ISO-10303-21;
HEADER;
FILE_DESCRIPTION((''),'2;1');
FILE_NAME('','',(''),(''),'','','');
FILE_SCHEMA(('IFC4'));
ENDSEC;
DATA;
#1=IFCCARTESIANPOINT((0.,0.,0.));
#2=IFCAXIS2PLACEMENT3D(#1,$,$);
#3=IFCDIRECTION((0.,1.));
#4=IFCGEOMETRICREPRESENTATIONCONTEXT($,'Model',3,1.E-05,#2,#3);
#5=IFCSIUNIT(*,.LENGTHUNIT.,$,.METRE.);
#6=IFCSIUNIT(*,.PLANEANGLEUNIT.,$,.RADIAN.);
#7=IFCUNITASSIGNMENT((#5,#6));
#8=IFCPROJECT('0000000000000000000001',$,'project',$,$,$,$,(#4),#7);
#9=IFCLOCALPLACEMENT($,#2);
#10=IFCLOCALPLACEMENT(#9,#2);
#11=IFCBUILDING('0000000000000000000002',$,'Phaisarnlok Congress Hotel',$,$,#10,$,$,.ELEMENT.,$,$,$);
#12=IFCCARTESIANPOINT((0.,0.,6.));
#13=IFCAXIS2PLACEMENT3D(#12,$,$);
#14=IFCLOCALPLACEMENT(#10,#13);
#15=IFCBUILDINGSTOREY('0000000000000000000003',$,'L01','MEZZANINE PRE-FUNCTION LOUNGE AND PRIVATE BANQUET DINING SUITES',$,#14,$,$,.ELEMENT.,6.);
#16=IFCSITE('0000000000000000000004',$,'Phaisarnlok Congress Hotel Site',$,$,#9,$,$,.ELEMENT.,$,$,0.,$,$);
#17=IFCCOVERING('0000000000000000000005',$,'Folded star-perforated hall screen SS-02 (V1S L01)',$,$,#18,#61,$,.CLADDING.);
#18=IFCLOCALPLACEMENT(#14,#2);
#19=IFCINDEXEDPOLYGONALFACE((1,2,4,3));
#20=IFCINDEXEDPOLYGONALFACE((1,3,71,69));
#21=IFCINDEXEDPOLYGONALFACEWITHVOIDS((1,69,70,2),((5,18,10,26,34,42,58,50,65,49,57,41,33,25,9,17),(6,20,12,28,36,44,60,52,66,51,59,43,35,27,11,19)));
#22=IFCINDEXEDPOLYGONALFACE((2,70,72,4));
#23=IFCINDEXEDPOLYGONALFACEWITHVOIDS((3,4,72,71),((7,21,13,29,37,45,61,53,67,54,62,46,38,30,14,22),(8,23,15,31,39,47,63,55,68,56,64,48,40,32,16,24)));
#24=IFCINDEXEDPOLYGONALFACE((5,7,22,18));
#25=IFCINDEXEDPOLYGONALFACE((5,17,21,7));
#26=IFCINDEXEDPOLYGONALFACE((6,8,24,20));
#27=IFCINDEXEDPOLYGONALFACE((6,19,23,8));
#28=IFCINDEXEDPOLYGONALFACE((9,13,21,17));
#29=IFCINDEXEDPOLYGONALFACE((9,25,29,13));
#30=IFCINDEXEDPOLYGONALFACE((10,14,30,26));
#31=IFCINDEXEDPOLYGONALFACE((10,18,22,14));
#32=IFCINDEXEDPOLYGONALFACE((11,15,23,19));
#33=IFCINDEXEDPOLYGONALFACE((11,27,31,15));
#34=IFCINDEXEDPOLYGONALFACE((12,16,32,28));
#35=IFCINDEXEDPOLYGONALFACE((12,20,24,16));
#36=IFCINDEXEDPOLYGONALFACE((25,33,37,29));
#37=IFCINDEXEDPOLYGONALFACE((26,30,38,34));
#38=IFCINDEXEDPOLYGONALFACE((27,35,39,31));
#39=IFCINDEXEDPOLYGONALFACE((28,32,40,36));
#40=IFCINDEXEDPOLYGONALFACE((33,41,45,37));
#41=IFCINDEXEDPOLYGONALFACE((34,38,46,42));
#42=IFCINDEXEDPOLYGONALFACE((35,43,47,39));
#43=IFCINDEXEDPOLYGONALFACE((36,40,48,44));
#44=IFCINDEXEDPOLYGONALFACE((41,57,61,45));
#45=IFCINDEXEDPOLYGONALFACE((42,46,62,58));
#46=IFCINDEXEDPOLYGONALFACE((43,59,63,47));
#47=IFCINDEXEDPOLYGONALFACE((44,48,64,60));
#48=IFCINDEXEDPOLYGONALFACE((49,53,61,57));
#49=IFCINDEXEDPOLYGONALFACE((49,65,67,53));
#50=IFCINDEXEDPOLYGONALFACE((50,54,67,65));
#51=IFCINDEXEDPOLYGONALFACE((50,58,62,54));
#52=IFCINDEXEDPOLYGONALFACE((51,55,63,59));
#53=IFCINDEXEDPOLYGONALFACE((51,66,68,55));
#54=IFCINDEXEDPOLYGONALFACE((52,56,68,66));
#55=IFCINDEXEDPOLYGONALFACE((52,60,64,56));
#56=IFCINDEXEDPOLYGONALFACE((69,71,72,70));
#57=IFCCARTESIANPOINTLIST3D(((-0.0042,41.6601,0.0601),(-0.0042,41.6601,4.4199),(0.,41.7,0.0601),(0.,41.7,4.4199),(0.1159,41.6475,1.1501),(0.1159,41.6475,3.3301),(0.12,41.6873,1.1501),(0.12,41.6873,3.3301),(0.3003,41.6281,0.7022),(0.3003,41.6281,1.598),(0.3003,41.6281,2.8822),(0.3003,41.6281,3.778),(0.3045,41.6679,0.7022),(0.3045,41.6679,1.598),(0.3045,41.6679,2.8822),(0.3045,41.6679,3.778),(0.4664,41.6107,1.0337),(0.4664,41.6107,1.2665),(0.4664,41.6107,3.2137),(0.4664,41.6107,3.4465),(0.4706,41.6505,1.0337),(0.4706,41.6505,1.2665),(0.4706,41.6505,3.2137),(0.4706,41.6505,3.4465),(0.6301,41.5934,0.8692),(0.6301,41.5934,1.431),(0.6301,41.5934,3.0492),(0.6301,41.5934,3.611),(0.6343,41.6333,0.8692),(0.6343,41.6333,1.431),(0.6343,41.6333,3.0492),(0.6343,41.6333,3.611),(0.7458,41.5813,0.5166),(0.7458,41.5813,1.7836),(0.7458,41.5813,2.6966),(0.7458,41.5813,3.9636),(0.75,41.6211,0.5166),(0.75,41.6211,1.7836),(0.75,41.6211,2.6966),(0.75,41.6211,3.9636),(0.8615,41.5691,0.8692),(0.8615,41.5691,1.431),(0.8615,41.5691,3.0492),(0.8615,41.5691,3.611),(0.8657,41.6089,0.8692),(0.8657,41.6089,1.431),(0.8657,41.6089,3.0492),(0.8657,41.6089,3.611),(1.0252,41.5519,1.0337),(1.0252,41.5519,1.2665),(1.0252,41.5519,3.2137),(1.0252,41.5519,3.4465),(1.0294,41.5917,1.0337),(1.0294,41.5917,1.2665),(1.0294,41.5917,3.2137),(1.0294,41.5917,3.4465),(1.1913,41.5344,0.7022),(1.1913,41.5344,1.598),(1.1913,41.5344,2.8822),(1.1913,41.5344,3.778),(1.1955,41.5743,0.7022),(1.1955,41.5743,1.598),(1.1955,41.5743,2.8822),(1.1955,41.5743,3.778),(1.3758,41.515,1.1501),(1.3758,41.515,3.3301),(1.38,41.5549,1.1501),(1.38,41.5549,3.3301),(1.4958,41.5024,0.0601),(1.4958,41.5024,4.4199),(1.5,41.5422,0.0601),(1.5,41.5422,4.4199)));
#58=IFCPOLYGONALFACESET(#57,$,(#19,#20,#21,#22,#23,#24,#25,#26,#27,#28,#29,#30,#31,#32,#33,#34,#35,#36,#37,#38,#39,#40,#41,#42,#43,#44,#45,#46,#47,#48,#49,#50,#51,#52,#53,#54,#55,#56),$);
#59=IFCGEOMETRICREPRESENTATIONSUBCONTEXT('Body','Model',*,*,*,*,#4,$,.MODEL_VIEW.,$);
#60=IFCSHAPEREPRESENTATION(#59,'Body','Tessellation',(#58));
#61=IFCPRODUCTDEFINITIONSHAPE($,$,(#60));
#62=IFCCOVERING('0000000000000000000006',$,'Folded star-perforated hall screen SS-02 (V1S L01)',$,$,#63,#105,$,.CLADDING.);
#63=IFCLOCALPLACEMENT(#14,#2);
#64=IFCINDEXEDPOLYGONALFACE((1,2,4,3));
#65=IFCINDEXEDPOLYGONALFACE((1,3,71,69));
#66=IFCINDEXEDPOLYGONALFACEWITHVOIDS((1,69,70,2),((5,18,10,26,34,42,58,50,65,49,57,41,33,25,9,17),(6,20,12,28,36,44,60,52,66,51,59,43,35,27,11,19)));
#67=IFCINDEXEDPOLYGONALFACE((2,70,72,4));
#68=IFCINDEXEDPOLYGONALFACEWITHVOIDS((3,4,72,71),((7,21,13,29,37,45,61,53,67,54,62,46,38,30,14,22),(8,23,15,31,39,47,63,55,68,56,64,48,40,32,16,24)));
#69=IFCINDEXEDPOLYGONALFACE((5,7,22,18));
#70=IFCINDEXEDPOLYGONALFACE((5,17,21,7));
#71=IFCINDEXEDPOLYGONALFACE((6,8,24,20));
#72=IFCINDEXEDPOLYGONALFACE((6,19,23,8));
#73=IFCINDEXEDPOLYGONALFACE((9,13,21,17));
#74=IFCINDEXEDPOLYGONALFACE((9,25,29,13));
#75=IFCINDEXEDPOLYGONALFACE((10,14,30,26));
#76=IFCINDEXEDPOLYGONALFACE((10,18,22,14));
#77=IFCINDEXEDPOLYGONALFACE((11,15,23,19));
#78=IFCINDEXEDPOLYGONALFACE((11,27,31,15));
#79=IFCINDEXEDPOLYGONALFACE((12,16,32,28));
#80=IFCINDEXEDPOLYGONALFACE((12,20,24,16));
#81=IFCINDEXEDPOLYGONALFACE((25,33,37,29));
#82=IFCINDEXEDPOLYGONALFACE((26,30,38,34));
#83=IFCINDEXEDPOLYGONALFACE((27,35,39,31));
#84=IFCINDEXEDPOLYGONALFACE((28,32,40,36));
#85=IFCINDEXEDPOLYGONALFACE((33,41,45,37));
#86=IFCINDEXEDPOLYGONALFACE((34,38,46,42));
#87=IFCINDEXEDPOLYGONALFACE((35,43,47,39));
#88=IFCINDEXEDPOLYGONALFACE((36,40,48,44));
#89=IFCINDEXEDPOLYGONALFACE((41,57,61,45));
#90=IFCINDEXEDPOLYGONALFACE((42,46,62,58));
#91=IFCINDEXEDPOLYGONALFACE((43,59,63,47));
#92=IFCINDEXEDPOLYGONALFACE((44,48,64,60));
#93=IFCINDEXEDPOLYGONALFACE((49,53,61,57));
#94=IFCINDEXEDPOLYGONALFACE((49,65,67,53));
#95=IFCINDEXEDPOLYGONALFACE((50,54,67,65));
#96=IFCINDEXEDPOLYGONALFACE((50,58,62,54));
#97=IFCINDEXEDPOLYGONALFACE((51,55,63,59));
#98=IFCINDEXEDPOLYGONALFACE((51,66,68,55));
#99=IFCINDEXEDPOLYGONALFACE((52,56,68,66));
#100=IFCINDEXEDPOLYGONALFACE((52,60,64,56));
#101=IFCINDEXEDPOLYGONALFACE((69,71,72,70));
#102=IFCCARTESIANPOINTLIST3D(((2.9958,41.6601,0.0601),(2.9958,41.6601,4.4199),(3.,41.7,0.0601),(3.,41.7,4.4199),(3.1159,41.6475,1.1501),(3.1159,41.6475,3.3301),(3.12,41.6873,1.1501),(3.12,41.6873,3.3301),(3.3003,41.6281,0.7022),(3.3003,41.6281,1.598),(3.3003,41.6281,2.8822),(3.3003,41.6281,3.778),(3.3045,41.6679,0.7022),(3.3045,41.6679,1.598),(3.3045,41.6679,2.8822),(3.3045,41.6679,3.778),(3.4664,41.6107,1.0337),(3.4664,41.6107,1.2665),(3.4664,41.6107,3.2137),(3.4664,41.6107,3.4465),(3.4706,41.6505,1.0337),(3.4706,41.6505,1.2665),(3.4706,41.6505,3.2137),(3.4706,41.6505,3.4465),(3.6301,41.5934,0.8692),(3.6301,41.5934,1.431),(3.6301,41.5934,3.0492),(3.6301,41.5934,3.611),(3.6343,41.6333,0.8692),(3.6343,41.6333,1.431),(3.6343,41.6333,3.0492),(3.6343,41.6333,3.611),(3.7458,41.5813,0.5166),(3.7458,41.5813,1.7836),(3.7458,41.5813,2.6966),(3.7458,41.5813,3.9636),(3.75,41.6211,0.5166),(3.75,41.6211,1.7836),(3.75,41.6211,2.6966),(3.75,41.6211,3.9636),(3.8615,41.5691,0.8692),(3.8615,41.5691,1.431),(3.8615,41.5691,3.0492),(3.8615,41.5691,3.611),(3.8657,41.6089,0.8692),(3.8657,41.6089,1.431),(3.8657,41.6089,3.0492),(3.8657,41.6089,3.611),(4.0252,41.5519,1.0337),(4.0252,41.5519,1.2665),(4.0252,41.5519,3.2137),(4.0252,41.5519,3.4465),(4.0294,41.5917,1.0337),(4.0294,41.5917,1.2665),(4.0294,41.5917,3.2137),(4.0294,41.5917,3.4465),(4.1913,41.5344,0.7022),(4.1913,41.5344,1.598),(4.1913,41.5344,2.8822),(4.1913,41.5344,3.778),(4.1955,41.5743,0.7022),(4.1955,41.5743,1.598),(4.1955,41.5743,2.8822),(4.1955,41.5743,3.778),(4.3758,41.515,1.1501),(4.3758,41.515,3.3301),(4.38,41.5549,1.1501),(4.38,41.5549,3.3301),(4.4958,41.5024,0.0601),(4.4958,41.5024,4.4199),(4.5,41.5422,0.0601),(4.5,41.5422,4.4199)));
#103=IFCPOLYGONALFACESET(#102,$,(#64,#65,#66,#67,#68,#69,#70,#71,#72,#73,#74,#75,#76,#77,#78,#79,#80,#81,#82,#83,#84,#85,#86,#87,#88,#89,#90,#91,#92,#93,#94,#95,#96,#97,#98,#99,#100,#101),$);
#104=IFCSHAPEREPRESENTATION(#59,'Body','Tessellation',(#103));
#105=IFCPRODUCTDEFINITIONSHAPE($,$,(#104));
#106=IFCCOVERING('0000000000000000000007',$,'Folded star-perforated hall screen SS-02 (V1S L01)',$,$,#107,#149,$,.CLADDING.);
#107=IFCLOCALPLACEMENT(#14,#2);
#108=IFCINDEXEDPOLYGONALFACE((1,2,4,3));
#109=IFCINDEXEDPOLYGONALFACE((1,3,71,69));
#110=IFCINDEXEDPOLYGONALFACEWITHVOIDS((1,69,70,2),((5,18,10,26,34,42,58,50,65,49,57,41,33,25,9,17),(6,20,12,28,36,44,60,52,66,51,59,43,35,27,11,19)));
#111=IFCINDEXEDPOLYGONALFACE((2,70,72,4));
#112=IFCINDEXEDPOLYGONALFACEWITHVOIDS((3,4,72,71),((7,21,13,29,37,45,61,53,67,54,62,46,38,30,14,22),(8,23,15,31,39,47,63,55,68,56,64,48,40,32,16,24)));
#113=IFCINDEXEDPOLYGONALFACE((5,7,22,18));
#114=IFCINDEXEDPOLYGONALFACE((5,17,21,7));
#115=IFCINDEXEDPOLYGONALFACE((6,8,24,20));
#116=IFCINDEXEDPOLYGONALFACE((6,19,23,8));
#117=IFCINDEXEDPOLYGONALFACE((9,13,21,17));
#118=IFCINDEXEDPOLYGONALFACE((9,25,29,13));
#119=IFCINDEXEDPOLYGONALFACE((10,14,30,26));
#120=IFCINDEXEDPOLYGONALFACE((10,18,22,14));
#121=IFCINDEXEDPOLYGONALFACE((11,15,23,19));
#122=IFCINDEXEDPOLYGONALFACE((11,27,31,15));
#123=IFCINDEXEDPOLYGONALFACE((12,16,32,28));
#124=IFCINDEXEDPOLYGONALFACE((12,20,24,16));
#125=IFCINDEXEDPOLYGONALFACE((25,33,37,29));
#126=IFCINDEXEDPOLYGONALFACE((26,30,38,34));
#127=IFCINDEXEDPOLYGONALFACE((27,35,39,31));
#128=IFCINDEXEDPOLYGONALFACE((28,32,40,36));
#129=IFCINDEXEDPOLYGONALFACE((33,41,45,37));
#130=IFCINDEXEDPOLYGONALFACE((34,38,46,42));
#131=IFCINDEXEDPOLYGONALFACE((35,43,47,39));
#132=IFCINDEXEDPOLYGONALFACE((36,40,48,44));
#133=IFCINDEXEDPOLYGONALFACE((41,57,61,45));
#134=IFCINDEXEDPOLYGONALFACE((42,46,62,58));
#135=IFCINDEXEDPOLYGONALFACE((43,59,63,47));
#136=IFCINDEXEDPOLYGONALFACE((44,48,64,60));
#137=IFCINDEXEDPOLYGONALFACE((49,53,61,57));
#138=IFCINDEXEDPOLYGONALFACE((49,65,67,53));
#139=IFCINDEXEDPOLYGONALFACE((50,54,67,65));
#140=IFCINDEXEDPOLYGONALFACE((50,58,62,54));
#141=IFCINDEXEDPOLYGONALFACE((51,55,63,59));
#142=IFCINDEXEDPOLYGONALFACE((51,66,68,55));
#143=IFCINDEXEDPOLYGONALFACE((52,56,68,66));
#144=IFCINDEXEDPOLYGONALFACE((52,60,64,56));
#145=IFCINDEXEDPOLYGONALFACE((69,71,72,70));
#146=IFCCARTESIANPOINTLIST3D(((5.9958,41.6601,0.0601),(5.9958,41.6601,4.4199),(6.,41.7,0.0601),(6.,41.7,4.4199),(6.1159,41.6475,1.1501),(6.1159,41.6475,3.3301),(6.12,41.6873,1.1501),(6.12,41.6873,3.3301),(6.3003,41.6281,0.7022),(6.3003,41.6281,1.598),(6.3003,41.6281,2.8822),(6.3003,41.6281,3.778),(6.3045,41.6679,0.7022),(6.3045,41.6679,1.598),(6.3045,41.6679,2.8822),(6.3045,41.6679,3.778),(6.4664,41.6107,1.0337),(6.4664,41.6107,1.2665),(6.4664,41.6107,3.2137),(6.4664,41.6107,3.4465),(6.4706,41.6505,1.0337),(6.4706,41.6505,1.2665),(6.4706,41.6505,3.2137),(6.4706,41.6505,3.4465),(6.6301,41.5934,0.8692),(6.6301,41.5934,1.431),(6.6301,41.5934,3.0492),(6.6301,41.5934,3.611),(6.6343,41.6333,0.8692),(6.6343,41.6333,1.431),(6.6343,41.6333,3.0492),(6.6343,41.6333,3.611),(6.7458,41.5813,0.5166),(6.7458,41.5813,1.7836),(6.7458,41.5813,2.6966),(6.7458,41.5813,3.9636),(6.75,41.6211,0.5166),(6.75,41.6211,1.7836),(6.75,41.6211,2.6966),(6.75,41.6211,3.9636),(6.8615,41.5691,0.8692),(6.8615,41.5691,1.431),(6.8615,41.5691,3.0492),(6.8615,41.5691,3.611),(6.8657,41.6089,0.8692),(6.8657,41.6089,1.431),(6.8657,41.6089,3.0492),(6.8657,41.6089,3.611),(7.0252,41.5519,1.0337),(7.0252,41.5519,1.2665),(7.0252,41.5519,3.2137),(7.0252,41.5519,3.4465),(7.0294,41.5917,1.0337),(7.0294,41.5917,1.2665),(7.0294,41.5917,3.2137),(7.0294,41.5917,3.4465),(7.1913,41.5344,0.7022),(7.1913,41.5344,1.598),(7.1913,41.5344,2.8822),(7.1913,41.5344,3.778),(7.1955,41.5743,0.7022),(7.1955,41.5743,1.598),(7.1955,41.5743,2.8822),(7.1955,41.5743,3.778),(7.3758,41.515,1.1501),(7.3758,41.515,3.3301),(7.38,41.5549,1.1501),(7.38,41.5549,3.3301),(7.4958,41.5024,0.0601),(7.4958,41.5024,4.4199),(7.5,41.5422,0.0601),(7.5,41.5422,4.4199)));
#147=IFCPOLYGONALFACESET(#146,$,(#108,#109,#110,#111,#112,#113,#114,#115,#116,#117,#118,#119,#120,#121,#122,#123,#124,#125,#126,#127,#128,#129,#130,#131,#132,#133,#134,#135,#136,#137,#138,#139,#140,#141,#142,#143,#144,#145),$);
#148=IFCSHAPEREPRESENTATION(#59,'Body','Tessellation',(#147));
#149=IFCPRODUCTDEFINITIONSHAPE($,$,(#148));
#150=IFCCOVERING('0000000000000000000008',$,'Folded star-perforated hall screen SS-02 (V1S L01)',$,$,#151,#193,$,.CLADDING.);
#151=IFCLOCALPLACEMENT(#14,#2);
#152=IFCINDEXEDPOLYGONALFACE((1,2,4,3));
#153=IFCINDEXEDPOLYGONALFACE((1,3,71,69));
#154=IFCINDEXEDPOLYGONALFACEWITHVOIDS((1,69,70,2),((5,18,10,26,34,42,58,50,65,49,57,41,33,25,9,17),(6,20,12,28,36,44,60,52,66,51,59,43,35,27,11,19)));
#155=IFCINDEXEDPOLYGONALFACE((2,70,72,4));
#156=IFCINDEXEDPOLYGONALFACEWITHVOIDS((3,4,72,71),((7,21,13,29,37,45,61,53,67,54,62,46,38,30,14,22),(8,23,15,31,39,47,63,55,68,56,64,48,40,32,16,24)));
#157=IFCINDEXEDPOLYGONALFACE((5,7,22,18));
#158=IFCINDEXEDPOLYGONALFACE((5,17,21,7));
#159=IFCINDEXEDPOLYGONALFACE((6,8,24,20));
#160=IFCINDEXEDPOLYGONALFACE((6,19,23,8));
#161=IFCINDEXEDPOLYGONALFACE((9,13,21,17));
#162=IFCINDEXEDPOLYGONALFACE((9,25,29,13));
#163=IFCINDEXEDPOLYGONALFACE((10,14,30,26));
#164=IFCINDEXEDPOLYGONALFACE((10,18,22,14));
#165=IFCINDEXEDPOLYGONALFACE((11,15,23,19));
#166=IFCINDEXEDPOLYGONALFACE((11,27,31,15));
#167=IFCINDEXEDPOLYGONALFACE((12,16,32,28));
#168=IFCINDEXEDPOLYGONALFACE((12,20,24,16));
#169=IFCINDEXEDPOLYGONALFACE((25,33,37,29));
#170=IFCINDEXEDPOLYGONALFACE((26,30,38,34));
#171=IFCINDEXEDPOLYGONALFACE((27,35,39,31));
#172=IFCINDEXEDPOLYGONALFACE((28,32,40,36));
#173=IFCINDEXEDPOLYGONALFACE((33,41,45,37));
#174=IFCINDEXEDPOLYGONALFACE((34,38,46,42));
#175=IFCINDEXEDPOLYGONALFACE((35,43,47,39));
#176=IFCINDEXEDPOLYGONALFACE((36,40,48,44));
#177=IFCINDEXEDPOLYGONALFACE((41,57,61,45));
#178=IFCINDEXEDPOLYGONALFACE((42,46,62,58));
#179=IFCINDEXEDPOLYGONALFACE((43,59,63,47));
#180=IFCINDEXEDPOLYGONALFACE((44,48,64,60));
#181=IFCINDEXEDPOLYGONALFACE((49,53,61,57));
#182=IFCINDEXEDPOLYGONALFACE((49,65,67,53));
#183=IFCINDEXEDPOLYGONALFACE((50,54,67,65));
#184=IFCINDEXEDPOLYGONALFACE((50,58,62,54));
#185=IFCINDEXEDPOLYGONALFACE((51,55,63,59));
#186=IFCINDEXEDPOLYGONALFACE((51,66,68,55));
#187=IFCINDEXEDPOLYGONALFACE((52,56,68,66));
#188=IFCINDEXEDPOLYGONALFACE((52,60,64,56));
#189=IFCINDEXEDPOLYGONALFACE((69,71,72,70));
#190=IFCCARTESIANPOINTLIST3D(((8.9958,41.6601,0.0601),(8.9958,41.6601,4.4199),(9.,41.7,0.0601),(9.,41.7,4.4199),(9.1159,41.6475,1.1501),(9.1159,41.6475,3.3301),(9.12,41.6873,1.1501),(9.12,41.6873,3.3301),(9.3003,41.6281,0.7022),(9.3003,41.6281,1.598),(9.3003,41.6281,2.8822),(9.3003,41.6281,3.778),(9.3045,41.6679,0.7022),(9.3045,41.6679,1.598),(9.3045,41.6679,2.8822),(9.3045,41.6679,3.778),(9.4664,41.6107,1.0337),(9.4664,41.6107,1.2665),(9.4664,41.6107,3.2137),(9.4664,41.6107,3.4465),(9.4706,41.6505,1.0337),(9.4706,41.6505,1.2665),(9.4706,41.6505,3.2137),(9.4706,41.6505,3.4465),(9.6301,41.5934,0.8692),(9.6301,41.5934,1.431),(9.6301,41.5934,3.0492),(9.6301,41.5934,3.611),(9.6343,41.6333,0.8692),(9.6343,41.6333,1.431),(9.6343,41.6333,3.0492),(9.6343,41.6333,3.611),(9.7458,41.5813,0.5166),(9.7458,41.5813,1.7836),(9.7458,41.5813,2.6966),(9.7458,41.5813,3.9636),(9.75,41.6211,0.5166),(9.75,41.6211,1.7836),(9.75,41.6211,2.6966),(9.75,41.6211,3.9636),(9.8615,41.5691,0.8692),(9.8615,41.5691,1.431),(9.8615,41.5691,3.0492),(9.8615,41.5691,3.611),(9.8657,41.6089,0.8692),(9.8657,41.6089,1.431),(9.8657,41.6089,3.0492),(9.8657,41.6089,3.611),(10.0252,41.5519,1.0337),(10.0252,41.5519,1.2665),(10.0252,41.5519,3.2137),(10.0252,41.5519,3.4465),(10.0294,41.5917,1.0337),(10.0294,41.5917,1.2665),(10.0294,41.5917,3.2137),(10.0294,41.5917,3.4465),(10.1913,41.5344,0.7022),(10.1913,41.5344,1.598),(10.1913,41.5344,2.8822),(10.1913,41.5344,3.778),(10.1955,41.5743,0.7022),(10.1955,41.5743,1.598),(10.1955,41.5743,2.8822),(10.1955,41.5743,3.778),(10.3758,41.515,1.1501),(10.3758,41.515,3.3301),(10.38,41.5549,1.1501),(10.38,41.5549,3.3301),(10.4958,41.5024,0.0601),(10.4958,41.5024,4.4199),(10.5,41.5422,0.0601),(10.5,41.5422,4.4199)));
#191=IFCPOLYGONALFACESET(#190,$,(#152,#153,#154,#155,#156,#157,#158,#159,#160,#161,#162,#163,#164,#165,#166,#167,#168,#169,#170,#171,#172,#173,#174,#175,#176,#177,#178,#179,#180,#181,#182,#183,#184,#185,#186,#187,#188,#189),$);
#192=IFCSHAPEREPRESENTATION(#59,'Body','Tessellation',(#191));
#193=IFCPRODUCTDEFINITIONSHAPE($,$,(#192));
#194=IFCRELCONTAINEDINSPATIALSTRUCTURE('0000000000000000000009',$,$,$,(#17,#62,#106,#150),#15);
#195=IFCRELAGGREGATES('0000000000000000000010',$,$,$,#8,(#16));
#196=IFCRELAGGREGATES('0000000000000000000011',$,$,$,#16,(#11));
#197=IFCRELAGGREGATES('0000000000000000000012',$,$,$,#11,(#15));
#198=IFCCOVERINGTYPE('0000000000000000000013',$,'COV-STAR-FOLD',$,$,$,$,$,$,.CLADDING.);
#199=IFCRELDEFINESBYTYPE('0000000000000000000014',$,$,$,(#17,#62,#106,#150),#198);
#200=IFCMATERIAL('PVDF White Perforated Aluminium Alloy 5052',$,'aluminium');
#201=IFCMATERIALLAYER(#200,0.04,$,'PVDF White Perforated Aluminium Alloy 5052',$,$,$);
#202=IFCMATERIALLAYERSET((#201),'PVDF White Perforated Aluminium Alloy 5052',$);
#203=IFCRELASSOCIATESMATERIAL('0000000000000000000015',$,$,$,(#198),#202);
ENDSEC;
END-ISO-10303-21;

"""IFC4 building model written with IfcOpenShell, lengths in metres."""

from ifc_helpers import new_model, si_unit, direction, frame, origin, place, context, subcontext, project, spatial, polyline, outline, extrude, material, layer, layer_set, type_object, element, save


model = new_model("IFC4")

# Units and contexts
model_context = context("Model", 3, precision=1e-05, world=origin(), true_north=direction((0.0, 1.0)))
body_context = subcontext(model_context, "Body", "Model", "MODEL_VIEW")
ifc_project = project(units=[si_unit("LENGTHUNIT", "METRE"), si_unit("PLANEANGLEUNIT", "RADIAN")], contexts=[model_context])

# Site, building, storey
site_placement = place(None, origin())
site = spatial("IfcSite", under=ifc_project, at=site_placement, Name="Phaisarnlok Congress Hotel Site", CompositionType="ELEMENT", RefElevation=0.0)
building_placement = place(site_placement, origin())
building = spatial("IfcBuilding", under=site, at=building_placement, Name="Phaisarnlok Congress Hotel", CompositionType="ELEMENT")
storey_placement = place(building_placement, frame((0.0, 0.0, 6.0)))
storey = spatial("IfcBuildingStorey", under=building, at=storey_placement, Name="L01", Description="MEZZANINE PRE-FUNCTION LOUNGE AND PRIVATE BANQUET DINING SUITES", CompositionType="ELEMENT", Elevation=6.0)

# Coverings
ifc_material_1 = material(Name="PVDF White Perforated Aluminium Alloy 5052", Category="aluminium")
ifc_layer = layer(ifc_material_1, 0.04, Name="PVDF White Perforated Aluminium Alloy 5052")
ifc_layer_set = layer_set([ifc_layer], Name="PVDF White Perforated Aluminium Alloy 5052")
covering_type = type_object("IfcCoveringType", Name="COV-STAR-FOLD", PredefinedType="CLADDING", material=ifc_layer_set)
for number, where, z_axis, x_axis, name in (
    (1, (0.0, 41.7, 0.0601), (-0.104567, -0.994518, 0.0), (0.994518, -0.104567, 0.0), "Folded star-perforated hall screen SS-02 (V1S L01)"),
    (2, (3.0, 41.7, 0.0601), (-0.104567, -0.994518, 0.0), (0.994518, -0.104567, 0.0), "Folded star-perforated hall screen SS-02 (V1S L01)"),
    (3, (6.0, 41.7, 0.0601), (-0.104567, -0.994518, 0.0), (0.994518, -0.104567, 0.0), "Folded star-perforated hall screen SS-02 (V1S L01)"),
    (4, (9.0, 41.7, 0.0601), (-0.104567, -0.994518, 0.0), (0.994518, -0.104567, 0.0), "Folded star-perforated hall screen SS-02 (V1S L01)"),
):
    element("IfcCovering", number, at=place(storey_placement, frame(where, z_axis=z_axis, x_axis=x_axis)), inside=storey, type_object=covering_type, Name=name, PredefinedType="CLADDING", context=body_context, shape_type="SweptSolid", body=[
        extrude(outline(polyline([(0.0, 0.0), (1.5083, 0.0), (1.5083, 4.3599), (0.0, 4.3599), (0.0, 0.0)]), holes=[polyline([(1.0351, 0.9736), (1.2021, 0.6421), (0.8705, 0.8091), (0.7541, 0.4565), (0.6378, 0.8091), (0.3062, 0.6421), (0.4732, 0.9736), (0.1207, 1.09), (0.4732, 1.2064), (0.3062, 1.5379), (0.6378, 1.3709), (0.7541, 1.7235), (0.8705, 1.3709), (1.2021, 1.5379), (1.0351, 1.2064), (1.3876, 1.09), (1.0351, 0.9736)]), polyline([(1.0351, 3.1536), (1.2021, 2.8221), (0.8705, 2.9891), (0.7541, 2.6365), (0.6378, 2.9891), (0.3062, 2.8221), (0.4732, 3.1536), (0.1207, 3.27), (0.4732, 3.3864), (0.3062, 3.7179), (0.6378, 3.5509), (0.7541, 3.9035), (0.8705, 3.5509), (1.2021, 3.7179), (1.0351, 3.3864), (1.3876, 3.27), (1.0351, 3.1536)])]), origin(), (0.0, 0.0, 1.0), 0.04),
    ])

save(model, "model.ifc")
